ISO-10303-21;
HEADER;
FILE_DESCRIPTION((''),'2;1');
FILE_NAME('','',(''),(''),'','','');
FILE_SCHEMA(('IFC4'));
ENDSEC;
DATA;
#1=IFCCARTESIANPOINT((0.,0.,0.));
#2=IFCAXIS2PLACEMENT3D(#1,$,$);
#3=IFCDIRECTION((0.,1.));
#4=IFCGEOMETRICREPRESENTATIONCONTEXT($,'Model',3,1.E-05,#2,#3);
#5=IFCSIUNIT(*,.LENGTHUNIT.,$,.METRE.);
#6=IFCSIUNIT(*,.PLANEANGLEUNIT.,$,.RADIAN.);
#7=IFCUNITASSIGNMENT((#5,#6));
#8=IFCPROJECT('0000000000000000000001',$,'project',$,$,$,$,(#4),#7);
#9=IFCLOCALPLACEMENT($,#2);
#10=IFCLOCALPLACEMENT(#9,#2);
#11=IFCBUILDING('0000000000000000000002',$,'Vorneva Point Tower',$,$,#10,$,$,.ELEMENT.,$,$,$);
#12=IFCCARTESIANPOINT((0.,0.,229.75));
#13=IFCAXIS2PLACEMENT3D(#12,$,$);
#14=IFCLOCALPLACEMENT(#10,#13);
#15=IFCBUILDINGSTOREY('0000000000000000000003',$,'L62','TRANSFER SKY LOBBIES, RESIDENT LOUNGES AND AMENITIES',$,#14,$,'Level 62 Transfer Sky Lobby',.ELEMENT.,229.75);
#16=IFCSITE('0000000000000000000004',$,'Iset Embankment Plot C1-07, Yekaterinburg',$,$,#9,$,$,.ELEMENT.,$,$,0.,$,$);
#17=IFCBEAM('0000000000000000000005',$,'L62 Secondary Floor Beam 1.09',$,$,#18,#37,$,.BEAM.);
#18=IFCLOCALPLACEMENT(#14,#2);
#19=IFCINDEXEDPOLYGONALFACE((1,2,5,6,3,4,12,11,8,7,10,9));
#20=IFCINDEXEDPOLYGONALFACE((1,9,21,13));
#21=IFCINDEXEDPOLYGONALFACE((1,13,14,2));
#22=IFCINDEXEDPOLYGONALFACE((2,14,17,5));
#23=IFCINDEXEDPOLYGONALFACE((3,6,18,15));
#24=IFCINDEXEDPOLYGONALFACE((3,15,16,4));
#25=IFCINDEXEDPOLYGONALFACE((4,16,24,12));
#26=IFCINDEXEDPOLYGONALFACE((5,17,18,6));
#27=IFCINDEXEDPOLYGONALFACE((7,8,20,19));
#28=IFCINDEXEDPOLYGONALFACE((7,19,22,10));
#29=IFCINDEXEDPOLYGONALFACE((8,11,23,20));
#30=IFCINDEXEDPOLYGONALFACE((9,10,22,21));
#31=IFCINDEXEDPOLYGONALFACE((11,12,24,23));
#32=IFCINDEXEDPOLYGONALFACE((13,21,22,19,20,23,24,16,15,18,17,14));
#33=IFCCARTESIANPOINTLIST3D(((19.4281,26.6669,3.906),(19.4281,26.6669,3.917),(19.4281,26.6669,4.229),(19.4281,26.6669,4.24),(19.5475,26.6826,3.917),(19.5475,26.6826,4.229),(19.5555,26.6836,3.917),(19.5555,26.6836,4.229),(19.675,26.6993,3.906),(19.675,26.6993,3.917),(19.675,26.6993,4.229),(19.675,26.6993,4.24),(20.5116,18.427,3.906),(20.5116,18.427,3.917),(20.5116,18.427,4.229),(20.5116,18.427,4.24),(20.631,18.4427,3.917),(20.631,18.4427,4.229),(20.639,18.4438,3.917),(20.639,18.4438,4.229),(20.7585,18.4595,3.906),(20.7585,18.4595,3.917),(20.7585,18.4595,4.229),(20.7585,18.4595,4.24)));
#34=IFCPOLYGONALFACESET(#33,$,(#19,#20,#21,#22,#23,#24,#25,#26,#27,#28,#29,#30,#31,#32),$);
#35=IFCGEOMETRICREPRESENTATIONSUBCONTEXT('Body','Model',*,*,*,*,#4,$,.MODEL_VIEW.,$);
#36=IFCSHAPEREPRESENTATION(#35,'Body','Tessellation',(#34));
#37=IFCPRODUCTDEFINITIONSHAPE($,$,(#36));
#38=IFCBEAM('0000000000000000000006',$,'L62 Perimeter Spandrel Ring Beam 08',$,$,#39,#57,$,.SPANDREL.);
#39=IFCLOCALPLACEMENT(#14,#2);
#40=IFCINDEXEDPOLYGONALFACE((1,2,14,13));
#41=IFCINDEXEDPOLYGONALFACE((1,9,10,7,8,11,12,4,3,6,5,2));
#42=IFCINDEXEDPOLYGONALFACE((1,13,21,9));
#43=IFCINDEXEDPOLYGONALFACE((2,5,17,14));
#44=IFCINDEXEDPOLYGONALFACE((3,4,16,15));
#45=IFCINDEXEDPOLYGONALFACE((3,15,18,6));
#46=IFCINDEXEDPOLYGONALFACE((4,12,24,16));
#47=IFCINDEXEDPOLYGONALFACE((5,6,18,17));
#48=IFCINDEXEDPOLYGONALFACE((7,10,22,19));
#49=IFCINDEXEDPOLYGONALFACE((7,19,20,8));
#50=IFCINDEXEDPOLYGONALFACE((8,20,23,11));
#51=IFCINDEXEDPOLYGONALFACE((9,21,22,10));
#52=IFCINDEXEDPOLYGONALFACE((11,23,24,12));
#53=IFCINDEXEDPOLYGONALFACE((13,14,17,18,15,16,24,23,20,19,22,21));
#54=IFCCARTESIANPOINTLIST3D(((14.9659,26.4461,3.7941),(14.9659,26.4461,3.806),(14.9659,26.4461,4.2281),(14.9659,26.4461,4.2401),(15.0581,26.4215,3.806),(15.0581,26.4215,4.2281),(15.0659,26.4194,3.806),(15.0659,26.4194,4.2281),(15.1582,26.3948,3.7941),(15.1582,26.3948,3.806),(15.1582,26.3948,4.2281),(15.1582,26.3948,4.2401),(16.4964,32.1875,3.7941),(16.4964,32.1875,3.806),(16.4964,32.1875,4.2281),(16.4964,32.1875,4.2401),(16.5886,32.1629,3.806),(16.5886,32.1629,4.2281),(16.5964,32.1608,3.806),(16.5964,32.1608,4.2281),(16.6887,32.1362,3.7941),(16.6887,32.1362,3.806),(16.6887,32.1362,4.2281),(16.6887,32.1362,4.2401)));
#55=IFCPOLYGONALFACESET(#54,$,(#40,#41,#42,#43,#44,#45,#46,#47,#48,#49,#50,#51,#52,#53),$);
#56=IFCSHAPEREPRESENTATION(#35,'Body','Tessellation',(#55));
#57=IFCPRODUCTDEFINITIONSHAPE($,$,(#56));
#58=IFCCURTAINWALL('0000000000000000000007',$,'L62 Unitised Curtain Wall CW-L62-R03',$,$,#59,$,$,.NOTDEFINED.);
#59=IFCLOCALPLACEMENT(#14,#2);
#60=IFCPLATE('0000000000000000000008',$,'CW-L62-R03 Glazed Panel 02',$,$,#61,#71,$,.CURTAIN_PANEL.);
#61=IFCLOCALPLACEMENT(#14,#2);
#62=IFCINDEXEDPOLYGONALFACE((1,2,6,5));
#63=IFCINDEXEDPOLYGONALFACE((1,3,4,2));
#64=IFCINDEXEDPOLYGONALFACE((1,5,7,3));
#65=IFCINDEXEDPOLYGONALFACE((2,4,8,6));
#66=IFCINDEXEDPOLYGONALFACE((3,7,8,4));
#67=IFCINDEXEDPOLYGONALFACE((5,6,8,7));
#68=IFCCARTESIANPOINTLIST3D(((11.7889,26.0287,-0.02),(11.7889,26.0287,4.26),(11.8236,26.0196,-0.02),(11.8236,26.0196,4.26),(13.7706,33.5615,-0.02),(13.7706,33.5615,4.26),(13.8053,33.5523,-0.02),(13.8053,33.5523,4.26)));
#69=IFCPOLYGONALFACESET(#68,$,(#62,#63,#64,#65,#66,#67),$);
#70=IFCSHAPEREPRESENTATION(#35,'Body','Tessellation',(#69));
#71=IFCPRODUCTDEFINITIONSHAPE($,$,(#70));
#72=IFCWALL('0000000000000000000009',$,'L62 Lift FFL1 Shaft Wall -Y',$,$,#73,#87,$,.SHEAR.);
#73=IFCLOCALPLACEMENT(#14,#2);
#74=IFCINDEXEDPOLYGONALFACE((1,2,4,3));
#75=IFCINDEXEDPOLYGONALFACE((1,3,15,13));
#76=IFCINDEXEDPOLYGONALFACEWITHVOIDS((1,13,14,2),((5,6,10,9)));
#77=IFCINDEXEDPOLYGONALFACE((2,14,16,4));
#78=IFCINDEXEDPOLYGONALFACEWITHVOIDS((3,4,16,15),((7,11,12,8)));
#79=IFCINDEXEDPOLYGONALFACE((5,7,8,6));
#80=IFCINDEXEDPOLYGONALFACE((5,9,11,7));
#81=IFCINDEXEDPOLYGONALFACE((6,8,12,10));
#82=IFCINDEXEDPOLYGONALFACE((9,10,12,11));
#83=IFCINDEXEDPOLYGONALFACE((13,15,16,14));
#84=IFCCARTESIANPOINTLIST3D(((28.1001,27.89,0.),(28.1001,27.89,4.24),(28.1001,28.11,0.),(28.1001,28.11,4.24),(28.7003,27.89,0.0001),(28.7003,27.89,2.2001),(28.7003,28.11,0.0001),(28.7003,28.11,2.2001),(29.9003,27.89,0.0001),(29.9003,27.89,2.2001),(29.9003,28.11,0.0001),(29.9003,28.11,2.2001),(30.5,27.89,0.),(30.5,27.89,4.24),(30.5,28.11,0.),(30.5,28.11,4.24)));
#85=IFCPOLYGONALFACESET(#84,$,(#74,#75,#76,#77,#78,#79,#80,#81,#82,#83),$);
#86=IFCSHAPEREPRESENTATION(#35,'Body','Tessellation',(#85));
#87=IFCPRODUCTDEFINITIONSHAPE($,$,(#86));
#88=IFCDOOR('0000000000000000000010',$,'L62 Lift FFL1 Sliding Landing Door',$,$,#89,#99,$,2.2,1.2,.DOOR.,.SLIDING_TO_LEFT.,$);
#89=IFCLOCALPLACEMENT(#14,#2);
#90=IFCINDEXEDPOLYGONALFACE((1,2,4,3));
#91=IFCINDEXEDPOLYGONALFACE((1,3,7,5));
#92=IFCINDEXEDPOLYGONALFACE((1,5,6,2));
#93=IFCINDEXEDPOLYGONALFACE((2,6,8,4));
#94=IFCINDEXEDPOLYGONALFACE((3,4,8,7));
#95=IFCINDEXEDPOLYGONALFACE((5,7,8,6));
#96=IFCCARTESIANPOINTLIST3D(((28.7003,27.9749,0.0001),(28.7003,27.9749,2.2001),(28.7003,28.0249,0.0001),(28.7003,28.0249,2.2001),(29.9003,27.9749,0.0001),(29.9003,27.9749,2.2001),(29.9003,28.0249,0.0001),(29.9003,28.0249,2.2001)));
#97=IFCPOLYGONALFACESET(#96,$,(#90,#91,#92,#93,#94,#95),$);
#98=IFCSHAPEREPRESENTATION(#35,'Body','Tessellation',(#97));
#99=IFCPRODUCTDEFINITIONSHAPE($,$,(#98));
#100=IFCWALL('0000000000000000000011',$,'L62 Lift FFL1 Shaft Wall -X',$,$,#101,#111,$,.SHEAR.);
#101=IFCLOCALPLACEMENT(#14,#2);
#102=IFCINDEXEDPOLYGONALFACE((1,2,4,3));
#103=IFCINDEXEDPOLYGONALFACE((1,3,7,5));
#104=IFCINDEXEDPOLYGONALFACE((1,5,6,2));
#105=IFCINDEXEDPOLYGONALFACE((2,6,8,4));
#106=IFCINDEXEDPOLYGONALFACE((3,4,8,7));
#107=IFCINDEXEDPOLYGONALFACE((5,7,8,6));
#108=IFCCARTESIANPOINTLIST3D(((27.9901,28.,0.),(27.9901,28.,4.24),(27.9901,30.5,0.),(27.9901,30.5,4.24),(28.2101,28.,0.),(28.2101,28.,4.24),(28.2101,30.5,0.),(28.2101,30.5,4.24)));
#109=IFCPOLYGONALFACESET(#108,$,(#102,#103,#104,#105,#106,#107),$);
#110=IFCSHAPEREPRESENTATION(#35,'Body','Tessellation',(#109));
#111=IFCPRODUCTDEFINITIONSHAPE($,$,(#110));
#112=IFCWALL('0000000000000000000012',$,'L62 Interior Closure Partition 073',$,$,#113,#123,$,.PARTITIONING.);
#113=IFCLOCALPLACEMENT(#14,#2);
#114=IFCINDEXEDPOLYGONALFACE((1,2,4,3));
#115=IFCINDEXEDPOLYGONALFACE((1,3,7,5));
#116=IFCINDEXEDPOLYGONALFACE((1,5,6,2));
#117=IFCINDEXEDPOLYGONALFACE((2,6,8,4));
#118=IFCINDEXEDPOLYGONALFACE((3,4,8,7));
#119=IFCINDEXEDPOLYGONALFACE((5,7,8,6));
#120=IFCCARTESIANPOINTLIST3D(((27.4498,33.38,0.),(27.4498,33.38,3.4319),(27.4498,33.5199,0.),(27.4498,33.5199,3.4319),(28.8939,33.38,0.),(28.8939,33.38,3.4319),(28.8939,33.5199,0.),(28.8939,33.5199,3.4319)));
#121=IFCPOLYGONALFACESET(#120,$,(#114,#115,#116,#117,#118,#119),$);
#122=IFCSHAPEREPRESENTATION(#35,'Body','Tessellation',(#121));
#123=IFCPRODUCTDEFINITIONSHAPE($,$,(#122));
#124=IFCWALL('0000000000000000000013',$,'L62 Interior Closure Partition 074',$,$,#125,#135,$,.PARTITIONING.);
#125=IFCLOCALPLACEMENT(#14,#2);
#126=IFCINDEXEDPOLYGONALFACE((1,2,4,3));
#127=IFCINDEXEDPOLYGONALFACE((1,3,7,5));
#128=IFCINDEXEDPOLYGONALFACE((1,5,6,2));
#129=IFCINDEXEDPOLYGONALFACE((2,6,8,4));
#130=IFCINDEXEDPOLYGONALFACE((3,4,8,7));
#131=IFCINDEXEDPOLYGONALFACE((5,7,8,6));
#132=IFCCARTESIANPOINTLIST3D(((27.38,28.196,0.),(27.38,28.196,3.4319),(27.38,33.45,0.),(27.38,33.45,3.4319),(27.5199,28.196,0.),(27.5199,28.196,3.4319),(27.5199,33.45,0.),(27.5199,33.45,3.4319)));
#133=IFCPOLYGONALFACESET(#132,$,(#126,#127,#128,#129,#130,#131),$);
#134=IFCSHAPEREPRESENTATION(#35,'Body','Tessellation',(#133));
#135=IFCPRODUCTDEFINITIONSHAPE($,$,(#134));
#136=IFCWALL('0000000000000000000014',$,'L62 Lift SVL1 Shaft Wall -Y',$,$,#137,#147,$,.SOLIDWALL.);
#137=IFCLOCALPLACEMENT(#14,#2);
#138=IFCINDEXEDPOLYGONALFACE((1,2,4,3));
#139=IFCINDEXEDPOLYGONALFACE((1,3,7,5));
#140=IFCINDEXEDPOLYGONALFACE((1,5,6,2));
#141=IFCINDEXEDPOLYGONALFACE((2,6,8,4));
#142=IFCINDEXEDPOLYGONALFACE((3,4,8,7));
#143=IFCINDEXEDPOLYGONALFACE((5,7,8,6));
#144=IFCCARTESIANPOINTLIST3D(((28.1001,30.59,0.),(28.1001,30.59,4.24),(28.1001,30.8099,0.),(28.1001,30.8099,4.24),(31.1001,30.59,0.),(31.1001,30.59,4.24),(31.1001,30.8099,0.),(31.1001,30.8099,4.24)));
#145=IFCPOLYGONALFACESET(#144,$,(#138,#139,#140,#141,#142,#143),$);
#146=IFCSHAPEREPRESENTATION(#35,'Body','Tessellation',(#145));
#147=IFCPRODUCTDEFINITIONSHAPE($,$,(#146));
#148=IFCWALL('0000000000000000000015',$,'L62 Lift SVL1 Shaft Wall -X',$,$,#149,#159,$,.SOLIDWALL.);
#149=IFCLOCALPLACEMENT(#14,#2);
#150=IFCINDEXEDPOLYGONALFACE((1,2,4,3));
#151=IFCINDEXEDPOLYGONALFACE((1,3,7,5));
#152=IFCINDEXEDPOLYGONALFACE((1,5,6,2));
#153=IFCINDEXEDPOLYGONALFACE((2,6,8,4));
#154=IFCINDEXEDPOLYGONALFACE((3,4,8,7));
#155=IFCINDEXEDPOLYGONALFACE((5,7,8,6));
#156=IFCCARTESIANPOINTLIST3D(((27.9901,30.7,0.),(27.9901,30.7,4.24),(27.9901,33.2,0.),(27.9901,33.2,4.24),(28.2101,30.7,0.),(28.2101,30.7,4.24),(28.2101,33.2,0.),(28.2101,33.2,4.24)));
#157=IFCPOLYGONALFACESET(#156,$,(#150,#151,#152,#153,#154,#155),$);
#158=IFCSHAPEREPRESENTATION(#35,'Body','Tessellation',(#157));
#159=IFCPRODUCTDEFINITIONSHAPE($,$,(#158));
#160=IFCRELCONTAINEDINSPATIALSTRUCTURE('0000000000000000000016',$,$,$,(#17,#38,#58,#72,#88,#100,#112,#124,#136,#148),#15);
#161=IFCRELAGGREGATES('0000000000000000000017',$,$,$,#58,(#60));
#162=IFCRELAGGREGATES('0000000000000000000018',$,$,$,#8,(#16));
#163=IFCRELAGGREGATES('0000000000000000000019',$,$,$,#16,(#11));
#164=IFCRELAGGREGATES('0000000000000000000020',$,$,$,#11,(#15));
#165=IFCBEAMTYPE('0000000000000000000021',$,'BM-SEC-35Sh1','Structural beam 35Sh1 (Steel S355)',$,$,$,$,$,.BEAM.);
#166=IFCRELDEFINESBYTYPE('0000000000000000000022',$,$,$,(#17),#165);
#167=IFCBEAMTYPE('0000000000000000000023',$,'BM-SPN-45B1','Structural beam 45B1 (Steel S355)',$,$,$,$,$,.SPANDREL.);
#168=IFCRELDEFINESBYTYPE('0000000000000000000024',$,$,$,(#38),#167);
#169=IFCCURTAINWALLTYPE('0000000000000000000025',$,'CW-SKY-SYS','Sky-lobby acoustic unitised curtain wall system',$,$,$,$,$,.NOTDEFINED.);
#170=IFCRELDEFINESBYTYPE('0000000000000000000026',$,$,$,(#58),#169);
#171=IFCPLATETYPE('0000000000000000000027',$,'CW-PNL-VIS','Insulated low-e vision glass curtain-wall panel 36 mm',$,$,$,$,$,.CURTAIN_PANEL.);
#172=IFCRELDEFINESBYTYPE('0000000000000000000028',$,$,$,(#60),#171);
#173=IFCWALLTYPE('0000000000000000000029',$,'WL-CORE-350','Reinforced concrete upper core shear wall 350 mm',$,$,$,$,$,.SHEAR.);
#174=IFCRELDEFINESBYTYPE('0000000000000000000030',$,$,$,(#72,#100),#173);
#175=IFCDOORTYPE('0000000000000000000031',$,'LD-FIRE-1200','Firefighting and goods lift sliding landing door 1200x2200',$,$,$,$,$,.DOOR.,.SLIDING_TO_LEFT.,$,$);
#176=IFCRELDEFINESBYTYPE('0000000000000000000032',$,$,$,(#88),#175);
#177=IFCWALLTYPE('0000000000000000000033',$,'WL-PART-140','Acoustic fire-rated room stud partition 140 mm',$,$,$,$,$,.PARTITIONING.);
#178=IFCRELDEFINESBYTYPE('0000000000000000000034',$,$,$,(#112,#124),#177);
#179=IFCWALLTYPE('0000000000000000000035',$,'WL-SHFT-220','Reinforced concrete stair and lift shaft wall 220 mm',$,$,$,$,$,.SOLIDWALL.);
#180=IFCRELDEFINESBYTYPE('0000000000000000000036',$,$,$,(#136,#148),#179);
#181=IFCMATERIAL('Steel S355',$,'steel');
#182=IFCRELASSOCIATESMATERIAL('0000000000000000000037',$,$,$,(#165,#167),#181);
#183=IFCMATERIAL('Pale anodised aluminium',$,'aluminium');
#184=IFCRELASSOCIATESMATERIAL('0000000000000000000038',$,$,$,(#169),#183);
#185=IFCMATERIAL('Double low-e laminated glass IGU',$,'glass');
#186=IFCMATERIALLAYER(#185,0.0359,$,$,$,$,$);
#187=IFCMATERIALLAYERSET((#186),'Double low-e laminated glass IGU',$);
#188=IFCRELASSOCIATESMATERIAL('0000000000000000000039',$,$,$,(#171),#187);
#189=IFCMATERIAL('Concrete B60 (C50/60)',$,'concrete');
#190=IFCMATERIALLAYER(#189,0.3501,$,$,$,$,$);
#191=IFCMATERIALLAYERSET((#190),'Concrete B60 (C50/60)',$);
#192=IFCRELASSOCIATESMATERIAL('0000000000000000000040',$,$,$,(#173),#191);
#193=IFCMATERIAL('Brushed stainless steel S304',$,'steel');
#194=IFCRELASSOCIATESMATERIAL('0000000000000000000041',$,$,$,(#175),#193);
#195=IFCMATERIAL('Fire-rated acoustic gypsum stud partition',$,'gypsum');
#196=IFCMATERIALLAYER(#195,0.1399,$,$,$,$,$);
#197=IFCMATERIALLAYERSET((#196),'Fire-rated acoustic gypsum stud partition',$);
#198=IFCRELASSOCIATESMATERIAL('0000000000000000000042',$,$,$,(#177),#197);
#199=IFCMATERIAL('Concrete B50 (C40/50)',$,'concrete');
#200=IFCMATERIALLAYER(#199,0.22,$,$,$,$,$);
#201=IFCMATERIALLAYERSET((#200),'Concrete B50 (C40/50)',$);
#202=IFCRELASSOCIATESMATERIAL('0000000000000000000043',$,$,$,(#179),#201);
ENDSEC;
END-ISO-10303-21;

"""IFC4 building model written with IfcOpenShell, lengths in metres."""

from ifc_helpers import new_model, si_unit, direction, frame, frame_2d, origin, origin_2d, place, context, subcontext, project, spatial, rectangle, i_section, extrude, material, layer, layer_set, material_profile, profile_set, type_object, element, fill, aggregate, save


model = new_model("IFC4")

# Units and contexts
model_context = context("Model", 3, precision=1e-05, world=origin(), true_north=direction((0.0, 1.0)))
body_context = subcontext(model_context, "Body", "Model", "MODEL_VIEW")
ifc_project = project(units=[si_unit("LENGTHUNIT", "METRE"), si_unit("PLANEANGLEUNIT", "RADIAN")], contexts=[model_context])

# Site, building, storey
site_placement = place(None, origin())
site = spatial("IfcSite", under=ifc_project, at=site_placement, Name="Iset Embankment Plot C1-07, Yekaterinburg", CompositionType="ELEMENT", RefElevation=0.0)
building_placement = place(site_placement, origin())
building = spatial("IfcBuilding", under=site, at=building_placement, Name="Vorneva Point Tower", CompositionType="ELEMENT")
storey_placement = place(building_placement, frame((0.0, 0.0, 229.75)))
storey = spatial("IfcBuildingStorey", under=building, at=storey_placement, Name="L62", Description="TRANSFER SKY LOBBIES, RESIDENT LOUNGES AND AMENITIES", LongName="Level 62 Transfer Sky Lobby", CompositionType="ELEMENT", Elevation=229.75)

# Shared definitions
ifc_material_1 = material(Name="Concrete B50 (C40/50)", Category="concrete")

# Beams
ifc_material_2 = material(Name="Steel S355", Category="steel")
ifc_material_profile_1 = material_profile(ifc_material_2, i_section(OverallWidth=0.249, OverallDepth=0.334, WebThickness=0.0081, FlangeThickness=0.011, at=origin_2d()), Name="35Sh1")
ifc_profile_set_1 = profile_set([ifc_material_profile_1], Name="Steel S355")
beam_type_1 = type_object("IfcBeamType", Name="BM-SEC-35Sh1", Description="Structural beam 35Sh1 (Steel S355)", PredefinedType="BEAM", material=ifc_profile_set_1)
beam_1_placement = place(storey_placement, frame((19.5515, 26.6831, 4.073), z_axis=(0.130374, -0.991465, 0.0), x_axis=(0.991465, 0.130374, 0.0)))
element("IfcBeam", 1, at=beam_1_placement, inside=storey, type_object=beam_type_1, Name="L62 Secondary Floor Beam 1.09", PredefinedType="BEAM", context=body_context, shape_type="SweptSolid", body=[
    extrude(i_section(OverallWidth=0.249, OverallDepth=0.334, WebThickness=0.0081, FlangeThickness=0.011, at=origin_2d()), origin(), (0.0, 0.0, 1.0), 8.3108),
])
ifc_material_profile_2 = material_profile(ifc_material_2, i_section(OverallWidth=0.199, OverallDepth=0.446, WebThickness=0.0081, FlangeThickness=0.012, at=origin_2d()), Name="45B1")
ifc_profile_set_2 = profile_set([ifc_material_profile_2], Name="Steel S355")
beam_type_2 = type_object("IfcBeamType", Name="BM-SPN-45B1", Description="Structural beam 45B1 (Steel S355)", PredefinedType="SPANDREL", material=ifc_profile_set_2)
beam_2_placement = place(storey_placement, frame((16.5925, 32.1619, 4.0171), z_axis=(-0.257578, -0.966257, 0.0), x_axis=(0.966257, -0.257578, 0.0)))
element("IfcBeam", 2, at=beam_2_placement, inside=storey, type_object=beam_type_2, Name="L62 Perimeter Spandrel Ring Beam 08", PredefinedType="SPANDREL", context=body_context, shape_type="SweptSolid", body=[
    extrude(i_section(OverallWidth=0.199, OverallDepth=0.446, WebThickness=0.0081, FlangeThickness=0.012, at=origin_2d()), origin(), (0.0, 0.0, 1.0), 5.9419),
])

# Curtain wall, plate
ifc_material_3 = material(Name="Pale anodised aluminium", Category="aluminium")
curtain_wall_type = type_object("IfcCurtainWallType", Name="CW-SKY-SYS", Description="Sky-lobby acoustic unitised curtain wall system", PredefinedType="NOTDEFINED", material=ifc_material_3)
curtain_wall_placement = place(storey_placement, origin())
curtain_wall = element("IfcCurtainWall", 3, at=curtain_wall_placement, inside=storey, type_object=curtain_wall_type, Name="L62 Unitised Curtain Wall CW-L62-R03", PredefinedType="NOTDEFINED")
ifc_material_4 = material(Name="Double low-e laminated glass IGU", Category="glass")
ifc_layer_1 = layer(ifc_material_4, 0.0359)
ifc_layer_set_1 = layer_set([ifc_layer_1], Name="Double low-e laminated glass IGU")
plate_type = type_object("IfcPlateType", Name="CW-PNL-VIS", Description="Insulated low-e vision glass curtain-wall panel 36 mm", PredefinedType="CURTAIN_PANEL", material=ifc_layer_set_1)
plate_placement = place(storey_placement, frame((12.7971, 29.7905, -0.02), z_axis=(0.0, 0.0, 1.0), x_axis=(-0.254416, -0.967095, 0.0)))
plate = element("IfcPlate", 4, at=plate_placement, type_object=plate_type, Name="CW-L62-R03 Glazed Panel 02", PredefinedType="CURTAIN_PANEL", context=body_context, shape_type="SweptSolid", body=[
    extrude(rectangle(XDim=7.7891, YDim=0.0359, at=origin_2d()), origin(), (0.0, 0.0, 1.0), 4.28),
])
aggregate(curtain_wall, [plate])

# Wall, opening, door
ifc_material_5 = material(Name="Concrete B60 (C50/60)", Category="concrete")
ifc_layer_2 = layer(ifc_material_5, 0.3501)
ifc_layer_set_2 = layer_set([ifc_layer_2], Name="Concrete B60 (C50/60)")
wall_type_1 = type_object("IfcWallType", Name="WL-CORE-350", Description="Reinforced concrete upper core shear wall 350 mm", PredefinedType="SHEAR", material=ifc_layer_set_2)
wall_1_placement = place(storey_placement, frame((28.1001, 28.0, 0.0), z_axis=(0.0, 0.0, 1.0), x_axis=(1.0, 0.0, 0.0)))
wall_1 = element("IfcWall", 5, at=wall_1_placement, inside=storey, type_object=wall_type_1, Name="L62 Lift FFL1 Shaft Wall -Y", PredefinedType="SHEAR", context=body_context, shape_type="SweptSolid", body=[
    extrude(rectangle(XDim=2.3999, YDim=0.22, at=frame_2d((1.2, 0.0))), origin(), (0.0, 0.0, 1.0), 4.24),
])
opening_1_placement = place(wall_1_placement, frame((0.6001, 0.0, 0.0)))
opening_1 = element("IfcOpeningElement", 6, at=opening_1_placement, cuts=wall_1, PredefinedType="OPENING", context=body_context, shape_type="SweptSolid", body=[
    extrude(rectangle(XDim=1.2, YDim=2.2, at=frame_2d((0.6001, 1.1001))), frame((0.0, 0.125, 0.0), z_axis=(0.0, -1.0, 0.0), x_axis=(1.0, 0.0, 0.0)), (0.0, 0.0, 1.0), 0.2498),
])
ifc_material_6 = material(Name="Brushed stainless steel S304", Category="steel")
door_type_1 = type_object("IfcDoorType", Name="LD-FIRE-1200", Description="Firefighting and goods lift sliding landing door 1200x2200", OperationType="SLIDING_TO_LEFT", PredefinedType="DOOR", material=ifc_material_6)
door_1_placement = place(opening_1_placement, origin())
door_1 = element("IfcDoor", 7, at=door_1_placement, inside=storey, type_object=door_type_1, Name="L62 Lift FFL1 Sliding Landing Door", OperationType="SLIDING_TO_LEFT", OverallHeight=2.2, OverallWidth=1.2, PredefinedType="DOOR", context=body_context, shape_type="SweptSolid", body=[
    extrude(rectangle(XDim=1.2, YDim=2.2, at=frame_2d((0.6001, 1.1001))), frame((0.0, 0.0249, 0.0), z_axis=(0.0, -1.0, 0.0), x_axis=(1.0, 0.0, 0.0)), (0.0, 0.0, 1.0), 0.05),
])
fill(opening_1, door_1)

# Walls
wall_2_placement = place(storey_placement, frame((28.1001, 30.5, 0.0), z_axis=(0.0, 0.0, 1.0), x_axis=(0.0, -1.0, 0.0)))
element("IfcWall", 8, at=wall_2_placement, inside=storey, type_object=wall_type_1, Name="L62 Lift FFL1 Shaft Wall -X", PredefinedType="SHEAR", context=body_context, shape_type="SweptSolid", body=[
    extrude(rectangle(XDim=2.5, YDim=0.22, at=frame_2d((1.25, 0.0))), origin(), (0.0, 0.0, 1.0), 4.24),
])
ifc_material_7 = material(Name="Fire-rated acoustic gypsum stud partition", Category="gypsum")
ifc_layer_3 = layer(ifc_material_7, 0.1399)
ifc_layer_set_3 = layer_set([ifc_layer_3], Name="Fire-rated acoustic gypsum stud partition")
wall_type_2 = type_object("IfcWallType", Name="WL-PART-140", Description="Acoustic fire-rated room stud partition 140 mm", PredefinedType="PARTITIONING", material=ifc_layer_set_3)
wall_3_placement = place(storey_placement, frame((28.894, 33.45, 0.0), z_axis=(0.0, 0.0, 1.0), x_axis=(-1.0, 0.0, 0.0)))
element("IfcWall", 9, at=wall_3_placement, inside=storey, type_object=wall_type_2, Name="L62 Interior Closure Partition 073", PredefinedType="PARTITIONING", context=body_context, shape_type="SweptSolid", body=[
    extrude(rectangle(XDim=1.4441, YDim=0.1399, at=frame_2d((0.7222, 0.0))), origin(), (0.0, 0.0, 1.0), 3.4319),
])
wall_4_placement = place(storey_placement, frame((27.45, 33.45, 0.0), z_axis=(0.0, 0.0, 1.0), x_axis=(0.0, -1.0, 0.0)))
element("IfcWall", 10, at=wall_4_placement, inside=storey, type_object=wall_type_2, Name="L62 Interior Closure Partition 074", PredefinedType="PARTITIONING", context=body_context, shape_type="SweptSolid", body=[
    extrude(rectangle(XDim=5.2539, YDim=0.1399, at=frame_2d((2.627, 0.0))), origin(), (0.0, 0.0, 1.0), 3.4319),
])

# Walls
ifc_layer_4 = layer(ifc_material_1, 0.22)
ifc_layer_set_4 = layer_set([ifc_layer_4], Name="Concrete B50 (C40/50)")
wall_type_3 = type_object("IfcWallType", Name="WL-SHFT-220", Description="Reinforced concrete stair and lift shaft wall 220 mm", PredefinedType="SOLIDWALL", material=ifc_layer_set_4)
wall_5_placement = place(storey_placement, frame((28.1001, 30.7, 0.0), z_axis=(0.0, 0.0, 1.0), x_axis=(1.0, 0.0, 0.0)))
element("IfcWall", 11, at=wall_5_placement, inside=storey, type_object=wall_type_3, Name="L62 Lift SVL1 Shaft Wall -Y", PredefinedType="SOLIDWALL", context=body_context, shape_type="SweptSolid", body=[
    extrude(rectangle(XDim=3.0, YDim=0.22, at=frame_2d((1.5, 0.0))), origin(), (0.0, 0.0, 1.0), 4.24),
])
wall_6_placement = place(storey_placement, frame((28.1001, 33.2, 0.0), z_axis=(0.0, 0.0, 1.0), x_axis=(0.0, -1.0, 0.0)))
element("IfcWall", 12, at=wall_6_placement, inside=storey, type_object=wall_type_3, Name="L62 Lift SVL1 Shaft Wall -X", PredefinedType="SOLIDWALL", context=body_context, shape_type="SweptSolid", body=[
    extrude(rectangle(XDim=2.5, YDim=0.22, at=frame_2d((1.25, 0.0))), origin(), (0.0, 0.0, 1.0), 4.24),
])

save(model, "model.ifc")
